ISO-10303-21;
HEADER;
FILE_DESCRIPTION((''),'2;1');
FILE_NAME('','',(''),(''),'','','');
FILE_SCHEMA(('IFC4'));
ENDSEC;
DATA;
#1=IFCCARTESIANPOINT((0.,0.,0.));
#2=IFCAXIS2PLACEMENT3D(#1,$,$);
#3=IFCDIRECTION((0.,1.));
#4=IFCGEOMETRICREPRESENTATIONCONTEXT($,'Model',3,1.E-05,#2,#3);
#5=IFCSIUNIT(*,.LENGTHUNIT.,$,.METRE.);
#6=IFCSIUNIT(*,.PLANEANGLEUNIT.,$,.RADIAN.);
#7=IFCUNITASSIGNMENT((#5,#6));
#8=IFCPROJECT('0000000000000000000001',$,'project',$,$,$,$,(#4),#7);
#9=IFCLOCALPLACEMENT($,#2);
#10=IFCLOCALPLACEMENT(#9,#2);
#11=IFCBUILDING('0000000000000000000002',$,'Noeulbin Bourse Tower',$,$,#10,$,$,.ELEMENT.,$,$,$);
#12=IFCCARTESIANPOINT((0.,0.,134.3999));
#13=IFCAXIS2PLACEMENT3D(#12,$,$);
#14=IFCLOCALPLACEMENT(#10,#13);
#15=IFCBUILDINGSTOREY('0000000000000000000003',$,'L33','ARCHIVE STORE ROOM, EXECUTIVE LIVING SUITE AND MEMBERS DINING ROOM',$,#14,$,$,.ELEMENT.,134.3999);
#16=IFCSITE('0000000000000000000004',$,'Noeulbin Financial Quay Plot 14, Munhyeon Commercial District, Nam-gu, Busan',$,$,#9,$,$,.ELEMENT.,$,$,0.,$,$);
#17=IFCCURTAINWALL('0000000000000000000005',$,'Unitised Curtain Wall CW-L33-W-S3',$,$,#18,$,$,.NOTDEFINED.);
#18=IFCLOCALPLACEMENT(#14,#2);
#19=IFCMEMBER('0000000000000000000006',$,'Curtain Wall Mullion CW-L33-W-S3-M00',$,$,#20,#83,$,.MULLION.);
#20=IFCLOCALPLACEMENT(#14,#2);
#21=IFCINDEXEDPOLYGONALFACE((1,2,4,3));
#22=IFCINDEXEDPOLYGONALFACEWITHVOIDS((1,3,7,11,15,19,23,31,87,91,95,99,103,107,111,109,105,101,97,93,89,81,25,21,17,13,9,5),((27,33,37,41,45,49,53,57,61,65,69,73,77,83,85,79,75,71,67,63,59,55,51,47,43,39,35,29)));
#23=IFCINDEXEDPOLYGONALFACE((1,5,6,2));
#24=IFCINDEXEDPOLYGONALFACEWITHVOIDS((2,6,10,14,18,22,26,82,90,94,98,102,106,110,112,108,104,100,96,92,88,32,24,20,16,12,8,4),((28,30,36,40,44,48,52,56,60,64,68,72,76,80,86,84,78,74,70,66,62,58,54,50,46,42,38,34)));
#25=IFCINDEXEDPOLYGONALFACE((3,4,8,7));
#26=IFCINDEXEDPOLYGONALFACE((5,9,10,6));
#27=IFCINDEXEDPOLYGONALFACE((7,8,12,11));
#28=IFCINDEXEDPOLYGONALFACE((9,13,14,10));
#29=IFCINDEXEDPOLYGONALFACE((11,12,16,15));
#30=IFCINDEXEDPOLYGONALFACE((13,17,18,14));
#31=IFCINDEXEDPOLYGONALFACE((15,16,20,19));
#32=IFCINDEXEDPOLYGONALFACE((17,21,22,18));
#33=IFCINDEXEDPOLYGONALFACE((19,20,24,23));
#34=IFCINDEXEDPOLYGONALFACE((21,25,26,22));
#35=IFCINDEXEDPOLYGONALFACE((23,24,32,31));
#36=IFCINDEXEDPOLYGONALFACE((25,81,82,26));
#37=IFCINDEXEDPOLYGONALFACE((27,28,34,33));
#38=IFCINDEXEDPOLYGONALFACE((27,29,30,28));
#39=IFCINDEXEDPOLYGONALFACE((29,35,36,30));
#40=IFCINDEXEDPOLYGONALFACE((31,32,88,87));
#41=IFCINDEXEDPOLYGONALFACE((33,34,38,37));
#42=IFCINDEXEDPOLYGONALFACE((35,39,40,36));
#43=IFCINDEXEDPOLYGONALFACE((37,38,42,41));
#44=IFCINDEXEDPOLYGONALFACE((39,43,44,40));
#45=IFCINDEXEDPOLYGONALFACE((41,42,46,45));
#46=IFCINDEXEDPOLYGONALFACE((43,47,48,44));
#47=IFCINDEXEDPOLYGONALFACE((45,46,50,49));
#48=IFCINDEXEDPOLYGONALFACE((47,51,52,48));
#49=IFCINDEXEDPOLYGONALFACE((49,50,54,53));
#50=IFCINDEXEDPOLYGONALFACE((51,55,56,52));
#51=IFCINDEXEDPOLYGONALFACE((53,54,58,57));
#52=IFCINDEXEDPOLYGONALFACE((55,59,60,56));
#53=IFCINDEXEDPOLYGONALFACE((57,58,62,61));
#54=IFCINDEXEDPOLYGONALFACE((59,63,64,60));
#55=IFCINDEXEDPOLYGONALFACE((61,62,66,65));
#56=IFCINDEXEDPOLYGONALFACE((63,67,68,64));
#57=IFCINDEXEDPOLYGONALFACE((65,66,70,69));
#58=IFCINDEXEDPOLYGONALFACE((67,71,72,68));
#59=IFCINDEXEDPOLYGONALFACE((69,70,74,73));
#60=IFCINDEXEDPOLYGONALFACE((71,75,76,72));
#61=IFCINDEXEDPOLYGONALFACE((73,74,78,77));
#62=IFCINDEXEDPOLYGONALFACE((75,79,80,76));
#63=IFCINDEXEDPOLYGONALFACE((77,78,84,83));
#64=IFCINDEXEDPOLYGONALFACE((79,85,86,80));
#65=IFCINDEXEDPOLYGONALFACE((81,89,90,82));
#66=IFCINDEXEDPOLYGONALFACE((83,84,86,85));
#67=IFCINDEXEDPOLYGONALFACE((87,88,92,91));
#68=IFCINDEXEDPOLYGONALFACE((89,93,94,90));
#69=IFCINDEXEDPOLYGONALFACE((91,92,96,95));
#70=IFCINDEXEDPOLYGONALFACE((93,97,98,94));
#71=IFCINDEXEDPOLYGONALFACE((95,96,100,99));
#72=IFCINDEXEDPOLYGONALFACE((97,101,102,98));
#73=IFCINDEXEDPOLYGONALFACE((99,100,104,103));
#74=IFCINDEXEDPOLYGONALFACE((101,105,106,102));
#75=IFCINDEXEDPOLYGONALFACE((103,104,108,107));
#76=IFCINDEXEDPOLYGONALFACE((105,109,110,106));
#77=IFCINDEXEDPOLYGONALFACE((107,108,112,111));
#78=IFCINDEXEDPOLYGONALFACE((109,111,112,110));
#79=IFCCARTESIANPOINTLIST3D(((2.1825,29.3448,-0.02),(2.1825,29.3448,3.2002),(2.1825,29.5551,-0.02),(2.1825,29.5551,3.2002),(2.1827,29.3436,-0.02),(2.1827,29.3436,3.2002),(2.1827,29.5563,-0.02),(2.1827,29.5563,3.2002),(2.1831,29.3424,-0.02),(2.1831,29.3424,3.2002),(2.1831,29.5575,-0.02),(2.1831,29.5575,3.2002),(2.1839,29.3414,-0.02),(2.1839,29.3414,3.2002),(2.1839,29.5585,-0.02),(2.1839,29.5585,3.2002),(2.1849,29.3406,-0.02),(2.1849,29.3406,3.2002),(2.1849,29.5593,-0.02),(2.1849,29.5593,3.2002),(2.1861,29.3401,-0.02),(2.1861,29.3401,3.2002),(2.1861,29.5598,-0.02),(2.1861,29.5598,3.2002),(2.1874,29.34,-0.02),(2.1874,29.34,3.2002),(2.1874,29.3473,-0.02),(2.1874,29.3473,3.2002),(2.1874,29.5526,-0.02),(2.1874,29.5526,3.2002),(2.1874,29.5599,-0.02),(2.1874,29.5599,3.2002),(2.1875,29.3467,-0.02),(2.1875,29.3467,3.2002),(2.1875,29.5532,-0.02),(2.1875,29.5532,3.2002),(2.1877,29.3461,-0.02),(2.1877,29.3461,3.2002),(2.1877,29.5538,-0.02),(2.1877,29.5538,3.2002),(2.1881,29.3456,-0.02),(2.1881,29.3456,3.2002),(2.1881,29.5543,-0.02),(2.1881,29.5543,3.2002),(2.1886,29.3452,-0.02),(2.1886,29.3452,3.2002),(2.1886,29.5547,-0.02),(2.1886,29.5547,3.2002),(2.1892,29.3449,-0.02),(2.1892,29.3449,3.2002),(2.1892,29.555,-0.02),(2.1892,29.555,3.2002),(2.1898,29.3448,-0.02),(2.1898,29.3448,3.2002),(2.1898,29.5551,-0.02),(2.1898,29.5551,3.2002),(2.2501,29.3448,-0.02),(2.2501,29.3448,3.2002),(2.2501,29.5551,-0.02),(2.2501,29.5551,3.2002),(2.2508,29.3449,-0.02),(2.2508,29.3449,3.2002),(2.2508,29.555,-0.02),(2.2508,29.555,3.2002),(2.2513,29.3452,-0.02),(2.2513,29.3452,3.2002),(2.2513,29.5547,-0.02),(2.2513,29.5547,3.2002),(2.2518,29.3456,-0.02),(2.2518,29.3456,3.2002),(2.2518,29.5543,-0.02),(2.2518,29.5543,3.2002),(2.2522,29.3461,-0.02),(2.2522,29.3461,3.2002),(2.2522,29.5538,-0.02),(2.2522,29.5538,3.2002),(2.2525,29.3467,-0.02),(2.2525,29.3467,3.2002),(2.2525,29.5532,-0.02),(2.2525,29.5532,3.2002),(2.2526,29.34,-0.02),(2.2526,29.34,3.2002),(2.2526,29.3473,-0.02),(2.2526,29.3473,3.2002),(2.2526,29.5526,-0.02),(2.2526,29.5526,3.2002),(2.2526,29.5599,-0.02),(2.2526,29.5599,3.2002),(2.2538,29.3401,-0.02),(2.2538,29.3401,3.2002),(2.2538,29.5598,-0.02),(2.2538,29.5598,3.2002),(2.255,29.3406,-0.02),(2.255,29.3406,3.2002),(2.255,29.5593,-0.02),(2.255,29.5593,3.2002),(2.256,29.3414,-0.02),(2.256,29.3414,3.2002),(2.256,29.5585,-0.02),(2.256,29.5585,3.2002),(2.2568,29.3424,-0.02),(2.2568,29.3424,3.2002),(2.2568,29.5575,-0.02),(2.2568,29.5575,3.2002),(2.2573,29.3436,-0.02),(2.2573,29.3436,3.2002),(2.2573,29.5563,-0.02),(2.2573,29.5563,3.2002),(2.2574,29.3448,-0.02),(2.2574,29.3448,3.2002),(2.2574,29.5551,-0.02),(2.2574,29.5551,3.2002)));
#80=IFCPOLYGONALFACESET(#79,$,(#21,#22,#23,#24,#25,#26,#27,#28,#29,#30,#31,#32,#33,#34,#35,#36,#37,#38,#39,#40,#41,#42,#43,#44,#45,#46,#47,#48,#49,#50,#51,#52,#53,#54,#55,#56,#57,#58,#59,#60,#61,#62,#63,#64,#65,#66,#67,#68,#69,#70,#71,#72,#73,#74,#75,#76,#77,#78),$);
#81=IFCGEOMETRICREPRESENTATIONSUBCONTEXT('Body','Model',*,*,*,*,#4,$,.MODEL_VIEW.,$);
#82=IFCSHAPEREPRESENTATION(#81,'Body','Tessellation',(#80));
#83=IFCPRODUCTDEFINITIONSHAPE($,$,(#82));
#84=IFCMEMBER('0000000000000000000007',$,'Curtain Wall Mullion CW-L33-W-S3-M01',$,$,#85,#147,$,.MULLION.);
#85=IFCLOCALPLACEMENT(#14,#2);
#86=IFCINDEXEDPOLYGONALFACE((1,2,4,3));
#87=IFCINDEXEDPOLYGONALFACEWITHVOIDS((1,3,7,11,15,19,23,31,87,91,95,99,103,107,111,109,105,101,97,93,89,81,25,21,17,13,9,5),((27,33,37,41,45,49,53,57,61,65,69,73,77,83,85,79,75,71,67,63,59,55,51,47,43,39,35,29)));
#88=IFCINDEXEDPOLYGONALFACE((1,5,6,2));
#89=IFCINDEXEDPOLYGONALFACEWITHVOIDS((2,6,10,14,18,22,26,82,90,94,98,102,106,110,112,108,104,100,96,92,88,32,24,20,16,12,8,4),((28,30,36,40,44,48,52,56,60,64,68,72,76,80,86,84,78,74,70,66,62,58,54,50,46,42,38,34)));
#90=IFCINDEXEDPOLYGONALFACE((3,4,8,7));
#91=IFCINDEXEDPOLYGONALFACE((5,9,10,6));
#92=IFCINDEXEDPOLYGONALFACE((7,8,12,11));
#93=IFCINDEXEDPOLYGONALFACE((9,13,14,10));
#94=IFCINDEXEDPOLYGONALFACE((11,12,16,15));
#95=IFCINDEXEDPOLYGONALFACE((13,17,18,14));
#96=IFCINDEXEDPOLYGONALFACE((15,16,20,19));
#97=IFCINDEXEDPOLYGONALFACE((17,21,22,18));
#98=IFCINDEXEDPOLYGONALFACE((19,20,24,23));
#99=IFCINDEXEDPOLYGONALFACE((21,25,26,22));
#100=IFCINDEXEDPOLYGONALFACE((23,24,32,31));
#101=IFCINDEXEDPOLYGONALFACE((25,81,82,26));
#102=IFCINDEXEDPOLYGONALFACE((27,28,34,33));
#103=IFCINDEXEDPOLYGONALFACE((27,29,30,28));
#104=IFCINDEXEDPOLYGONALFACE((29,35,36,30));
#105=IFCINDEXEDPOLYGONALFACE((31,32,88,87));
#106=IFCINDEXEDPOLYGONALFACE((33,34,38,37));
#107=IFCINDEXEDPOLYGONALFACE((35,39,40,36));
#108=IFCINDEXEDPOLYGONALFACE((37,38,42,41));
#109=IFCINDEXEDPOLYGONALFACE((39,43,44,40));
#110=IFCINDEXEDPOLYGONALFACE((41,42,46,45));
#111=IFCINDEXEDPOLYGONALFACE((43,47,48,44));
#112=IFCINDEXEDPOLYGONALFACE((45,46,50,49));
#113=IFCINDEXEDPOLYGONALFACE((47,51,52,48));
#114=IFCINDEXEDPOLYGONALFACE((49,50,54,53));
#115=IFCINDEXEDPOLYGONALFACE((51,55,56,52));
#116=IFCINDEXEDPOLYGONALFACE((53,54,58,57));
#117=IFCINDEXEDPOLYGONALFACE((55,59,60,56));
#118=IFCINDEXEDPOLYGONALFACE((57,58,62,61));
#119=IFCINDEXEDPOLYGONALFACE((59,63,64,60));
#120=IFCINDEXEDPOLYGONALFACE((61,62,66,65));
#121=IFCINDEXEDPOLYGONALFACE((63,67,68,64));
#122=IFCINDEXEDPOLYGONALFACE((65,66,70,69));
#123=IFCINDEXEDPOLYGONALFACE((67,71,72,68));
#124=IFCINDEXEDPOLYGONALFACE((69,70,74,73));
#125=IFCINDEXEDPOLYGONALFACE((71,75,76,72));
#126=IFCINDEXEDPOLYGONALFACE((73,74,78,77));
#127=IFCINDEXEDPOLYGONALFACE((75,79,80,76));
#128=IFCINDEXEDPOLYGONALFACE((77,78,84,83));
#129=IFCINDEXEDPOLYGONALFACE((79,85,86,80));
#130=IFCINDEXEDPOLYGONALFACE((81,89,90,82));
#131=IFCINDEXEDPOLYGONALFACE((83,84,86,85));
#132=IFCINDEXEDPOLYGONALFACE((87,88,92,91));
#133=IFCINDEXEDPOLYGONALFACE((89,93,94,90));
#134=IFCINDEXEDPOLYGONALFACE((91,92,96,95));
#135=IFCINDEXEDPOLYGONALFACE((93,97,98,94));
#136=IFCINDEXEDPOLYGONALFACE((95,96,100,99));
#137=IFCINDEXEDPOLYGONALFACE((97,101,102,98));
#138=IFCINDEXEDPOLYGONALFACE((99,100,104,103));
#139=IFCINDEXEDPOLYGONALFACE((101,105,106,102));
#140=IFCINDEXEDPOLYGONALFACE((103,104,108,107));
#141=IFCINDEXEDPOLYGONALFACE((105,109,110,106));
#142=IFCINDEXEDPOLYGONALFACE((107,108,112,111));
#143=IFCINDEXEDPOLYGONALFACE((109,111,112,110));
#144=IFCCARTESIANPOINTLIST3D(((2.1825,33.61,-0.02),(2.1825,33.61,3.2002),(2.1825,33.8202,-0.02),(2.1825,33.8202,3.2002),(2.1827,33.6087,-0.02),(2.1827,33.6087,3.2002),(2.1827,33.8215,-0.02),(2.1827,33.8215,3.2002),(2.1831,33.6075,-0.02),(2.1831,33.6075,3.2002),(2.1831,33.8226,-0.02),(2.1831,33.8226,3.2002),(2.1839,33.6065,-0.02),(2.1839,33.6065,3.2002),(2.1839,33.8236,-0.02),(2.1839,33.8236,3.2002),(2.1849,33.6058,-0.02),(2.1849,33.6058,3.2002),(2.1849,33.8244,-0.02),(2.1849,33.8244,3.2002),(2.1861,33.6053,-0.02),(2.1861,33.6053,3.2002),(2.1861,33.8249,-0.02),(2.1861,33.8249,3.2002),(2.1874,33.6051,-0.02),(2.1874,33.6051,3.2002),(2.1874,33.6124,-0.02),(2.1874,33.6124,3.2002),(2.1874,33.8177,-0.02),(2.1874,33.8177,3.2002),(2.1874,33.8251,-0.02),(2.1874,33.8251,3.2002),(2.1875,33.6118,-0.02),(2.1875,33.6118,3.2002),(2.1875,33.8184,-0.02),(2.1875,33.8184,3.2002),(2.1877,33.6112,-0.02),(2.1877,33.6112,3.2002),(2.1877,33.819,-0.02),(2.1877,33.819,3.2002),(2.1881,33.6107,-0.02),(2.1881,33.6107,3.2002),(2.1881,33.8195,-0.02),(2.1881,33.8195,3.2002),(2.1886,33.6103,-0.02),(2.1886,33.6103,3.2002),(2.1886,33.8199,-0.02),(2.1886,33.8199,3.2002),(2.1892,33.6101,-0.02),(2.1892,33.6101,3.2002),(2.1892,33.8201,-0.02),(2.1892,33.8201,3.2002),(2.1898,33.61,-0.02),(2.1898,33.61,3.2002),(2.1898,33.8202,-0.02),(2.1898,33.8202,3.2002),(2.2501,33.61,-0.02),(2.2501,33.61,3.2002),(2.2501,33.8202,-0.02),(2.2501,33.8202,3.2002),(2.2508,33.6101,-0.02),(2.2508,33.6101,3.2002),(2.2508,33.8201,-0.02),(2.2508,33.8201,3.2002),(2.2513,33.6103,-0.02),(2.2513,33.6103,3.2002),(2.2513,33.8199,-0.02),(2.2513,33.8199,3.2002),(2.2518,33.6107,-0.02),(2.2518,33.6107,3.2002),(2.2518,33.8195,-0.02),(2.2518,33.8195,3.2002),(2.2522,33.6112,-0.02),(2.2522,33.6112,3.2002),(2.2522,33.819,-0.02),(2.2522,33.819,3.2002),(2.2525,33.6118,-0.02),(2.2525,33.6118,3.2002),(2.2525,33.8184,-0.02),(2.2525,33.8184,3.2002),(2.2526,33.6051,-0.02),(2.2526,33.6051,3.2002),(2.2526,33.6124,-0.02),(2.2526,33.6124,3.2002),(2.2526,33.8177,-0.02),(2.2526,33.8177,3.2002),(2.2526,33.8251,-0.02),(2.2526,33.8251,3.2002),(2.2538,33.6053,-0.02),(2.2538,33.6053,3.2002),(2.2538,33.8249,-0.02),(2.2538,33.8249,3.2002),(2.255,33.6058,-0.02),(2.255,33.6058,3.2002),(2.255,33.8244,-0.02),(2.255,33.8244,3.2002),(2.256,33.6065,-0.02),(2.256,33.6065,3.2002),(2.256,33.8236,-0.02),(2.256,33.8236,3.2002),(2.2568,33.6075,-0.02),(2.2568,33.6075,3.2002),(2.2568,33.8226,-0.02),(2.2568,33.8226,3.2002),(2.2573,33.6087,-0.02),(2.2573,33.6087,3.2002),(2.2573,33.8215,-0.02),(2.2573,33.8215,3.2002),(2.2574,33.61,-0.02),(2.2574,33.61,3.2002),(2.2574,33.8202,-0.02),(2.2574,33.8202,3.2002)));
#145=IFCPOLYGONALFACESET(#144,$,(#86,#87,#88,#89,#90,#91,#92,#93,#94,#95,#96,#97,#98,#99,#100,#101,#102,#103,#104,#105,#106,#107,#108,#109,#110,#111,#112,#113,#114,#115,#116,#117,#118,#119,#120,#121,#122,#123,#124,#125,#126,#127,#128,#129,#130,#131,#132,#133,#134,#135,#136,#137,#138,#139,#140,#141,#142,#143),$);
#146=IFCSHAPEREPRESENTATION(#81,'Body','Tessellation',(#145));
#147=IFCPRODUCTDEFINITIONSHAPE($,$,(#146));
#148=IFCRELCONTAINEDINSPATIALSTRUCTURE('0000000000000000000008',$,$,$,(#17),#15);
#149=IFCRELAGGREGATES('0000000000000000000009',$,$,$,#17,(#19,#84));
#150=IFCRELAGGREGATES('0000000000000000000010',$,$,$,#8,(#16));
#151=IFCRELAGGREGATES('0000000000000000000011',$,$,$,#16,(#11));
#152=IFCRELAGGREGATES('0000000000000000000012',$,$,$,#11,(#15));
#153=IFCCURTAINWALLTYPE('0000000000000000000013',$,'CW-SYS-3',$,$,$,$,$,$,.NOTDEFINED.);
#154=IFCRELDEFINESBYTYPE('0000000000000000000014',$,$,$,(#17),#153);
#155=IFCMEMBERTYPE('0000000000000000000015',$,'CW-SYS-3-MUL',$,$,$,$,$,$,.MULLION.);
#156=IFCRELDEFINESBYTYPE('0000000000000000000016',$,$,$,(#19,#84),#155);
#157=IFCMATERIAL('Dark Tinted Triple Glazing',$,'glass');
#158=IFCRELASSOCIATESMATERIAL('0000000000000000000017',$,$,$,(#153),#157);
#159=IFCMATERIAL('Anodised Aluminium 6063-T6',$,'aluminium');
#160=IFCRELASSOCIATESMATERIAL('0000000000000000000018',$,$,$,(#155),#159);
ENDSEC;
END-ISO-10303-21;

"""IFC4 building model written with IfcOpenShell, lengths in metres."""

from ifc_helpers import new_model, si_unit, direction, frame, origin, origin_2d, place, context, subcontext, project, spatial, hollow_rectangle, extrude, material, material_profile, profile_set, type_object, element, aggregate, save


model = new_model("IFC4")

# Units and contexts
model_context = context("Model", 3, precision=1e-05, world=origin(), true_north=direction((0.0, 1.0)))
body_context = subcontext(model_context, "Body", "Model", "MODEL_VIEW")
ifc_project = project(units=[si_unit("LENGTHUNIT", "METRE"), si_unit("PLANEANGLEUNIT", "RADIAN")], contexts=[model_context])

# Site, building, storey
site_placement = place(None, origin())
site = spatial("IfcSite", under=ifc_project, at=site_placement, Name="Noeulbin Financial Quay Plot 14, Munhyeon Commercial District, Nam-gu, Busan", CompositionType="ELEMENT", RefElevation=0.0)
building_placement = place(site_placement, origin())
building = spatial("IfcBuilding", under=site, at=building_placement, Name="Noeulbin Bourse Tower", CompositionType="ELEMENT")
storey_placement = place(building_placement, frame((0.0, 0.0, 134.3999)))
storey = spatial("IfcBuildingStorey", under=building, at=storey_placement, Name="L33", Description="ARCHIVE STORE ROOM, EXECUTIVE LIVING SUITE AND MEMBERS DINING ROOM", CompositionType="ELEMENT", Elevation=134.3999)

# Curtain wall, members
ifc_material_1 = material(Name="Dark Tinted Triple Glazing", Category="glass")
curtain_wall_type = type_object("IfcCurtainWallType", Name="CW-SYS-3", PredefinedType="NOTDEFINED", material=ifc_material_1)
ifc_material_2 = material(Name="Anodised Aluminium 6063-T6", Category="aluminium")
ifc_material_profile_1 = material_profile(ifc_material_2, hollow_rectangle(XDim=0.075, YDim=0.22, WallThickness=0.0049, InnerFilletRadius=0.0024, OuterFilletRadius=0.0049, at=origin_2d()), Name="ALU-MULL-75x220x5", Category="LoadBearing")
ifc_profile_set_1 = profile_set([ifc_material_profile_1], Name="Anodised Aluminium 6063-T6")
member_type_1 = type_object("IfcMemberType", Name="CW-SYS-3-MUL", PredefinedType="MULLION", material=ifc_profile_set_1)
curtain_wall_1_placement = place(storey_placement, origin())
curtain_wall_1 = element("IfcCurtainWall", 1, at=curtain_wall_1_placement, inside=storey, type_object=curtain_wall_type, Name="Unitised Curtain Wall CW-L33-W-S3", PredefinedType="NOTDEFINED")
member_1_placement = place(storey_placement, frame((2.22, 29.45, -0.02), z_axis=(0.0, 0.0, 1.0), x_axis=(1.0, 0.0, 0.0)))
member_1 = element("IfcMember", 2, at=member_1_placement, type_object=member_type_1, Name="Curtain Wall Mullion CW-L33-W-S3-M00", PredefinedType="MULLION", context=body_context, shape_type="SweptSolid", body=[
    extrude(hollow_rectangle(XDim=0.075, YDim=0.22, WallThickness=0.0049, InnerFilletRadius=0.0024, OuterFilletRadius=0.0049, at=origin_2d()), origin(), (0.0, 0.0, 1.0), 3.2202),
])
member_2_placement = place(storey_placement, frame((2.22, 33.7151, -0.02), z_axis=(0.0, 0.0, 1.0), x_axis=(1.0, 0.0, 0.0)))
member_2 = element("IfcMember", 3, at=member_2_placement, type_object=member_type_1, Name="Curtain Wall Mullion CW-L33-W-S3-M01", PredefinedType="MULLION", context=body_context, shape_type="SweptSolid", body=[
    extrude(hollow_rectangle(XDim=0.075, YDim=0.22, WallThickness=0.0049, InnerFilletRadius=0.0024, OuterFilletRadius=0.0049, at=origin_2d()), origin(), (0.0, 0.0, 1.0), 3.2202),
])

aggregate(curtain_wall_1, [member_1, member_2])

save(model, "model.ifc")
